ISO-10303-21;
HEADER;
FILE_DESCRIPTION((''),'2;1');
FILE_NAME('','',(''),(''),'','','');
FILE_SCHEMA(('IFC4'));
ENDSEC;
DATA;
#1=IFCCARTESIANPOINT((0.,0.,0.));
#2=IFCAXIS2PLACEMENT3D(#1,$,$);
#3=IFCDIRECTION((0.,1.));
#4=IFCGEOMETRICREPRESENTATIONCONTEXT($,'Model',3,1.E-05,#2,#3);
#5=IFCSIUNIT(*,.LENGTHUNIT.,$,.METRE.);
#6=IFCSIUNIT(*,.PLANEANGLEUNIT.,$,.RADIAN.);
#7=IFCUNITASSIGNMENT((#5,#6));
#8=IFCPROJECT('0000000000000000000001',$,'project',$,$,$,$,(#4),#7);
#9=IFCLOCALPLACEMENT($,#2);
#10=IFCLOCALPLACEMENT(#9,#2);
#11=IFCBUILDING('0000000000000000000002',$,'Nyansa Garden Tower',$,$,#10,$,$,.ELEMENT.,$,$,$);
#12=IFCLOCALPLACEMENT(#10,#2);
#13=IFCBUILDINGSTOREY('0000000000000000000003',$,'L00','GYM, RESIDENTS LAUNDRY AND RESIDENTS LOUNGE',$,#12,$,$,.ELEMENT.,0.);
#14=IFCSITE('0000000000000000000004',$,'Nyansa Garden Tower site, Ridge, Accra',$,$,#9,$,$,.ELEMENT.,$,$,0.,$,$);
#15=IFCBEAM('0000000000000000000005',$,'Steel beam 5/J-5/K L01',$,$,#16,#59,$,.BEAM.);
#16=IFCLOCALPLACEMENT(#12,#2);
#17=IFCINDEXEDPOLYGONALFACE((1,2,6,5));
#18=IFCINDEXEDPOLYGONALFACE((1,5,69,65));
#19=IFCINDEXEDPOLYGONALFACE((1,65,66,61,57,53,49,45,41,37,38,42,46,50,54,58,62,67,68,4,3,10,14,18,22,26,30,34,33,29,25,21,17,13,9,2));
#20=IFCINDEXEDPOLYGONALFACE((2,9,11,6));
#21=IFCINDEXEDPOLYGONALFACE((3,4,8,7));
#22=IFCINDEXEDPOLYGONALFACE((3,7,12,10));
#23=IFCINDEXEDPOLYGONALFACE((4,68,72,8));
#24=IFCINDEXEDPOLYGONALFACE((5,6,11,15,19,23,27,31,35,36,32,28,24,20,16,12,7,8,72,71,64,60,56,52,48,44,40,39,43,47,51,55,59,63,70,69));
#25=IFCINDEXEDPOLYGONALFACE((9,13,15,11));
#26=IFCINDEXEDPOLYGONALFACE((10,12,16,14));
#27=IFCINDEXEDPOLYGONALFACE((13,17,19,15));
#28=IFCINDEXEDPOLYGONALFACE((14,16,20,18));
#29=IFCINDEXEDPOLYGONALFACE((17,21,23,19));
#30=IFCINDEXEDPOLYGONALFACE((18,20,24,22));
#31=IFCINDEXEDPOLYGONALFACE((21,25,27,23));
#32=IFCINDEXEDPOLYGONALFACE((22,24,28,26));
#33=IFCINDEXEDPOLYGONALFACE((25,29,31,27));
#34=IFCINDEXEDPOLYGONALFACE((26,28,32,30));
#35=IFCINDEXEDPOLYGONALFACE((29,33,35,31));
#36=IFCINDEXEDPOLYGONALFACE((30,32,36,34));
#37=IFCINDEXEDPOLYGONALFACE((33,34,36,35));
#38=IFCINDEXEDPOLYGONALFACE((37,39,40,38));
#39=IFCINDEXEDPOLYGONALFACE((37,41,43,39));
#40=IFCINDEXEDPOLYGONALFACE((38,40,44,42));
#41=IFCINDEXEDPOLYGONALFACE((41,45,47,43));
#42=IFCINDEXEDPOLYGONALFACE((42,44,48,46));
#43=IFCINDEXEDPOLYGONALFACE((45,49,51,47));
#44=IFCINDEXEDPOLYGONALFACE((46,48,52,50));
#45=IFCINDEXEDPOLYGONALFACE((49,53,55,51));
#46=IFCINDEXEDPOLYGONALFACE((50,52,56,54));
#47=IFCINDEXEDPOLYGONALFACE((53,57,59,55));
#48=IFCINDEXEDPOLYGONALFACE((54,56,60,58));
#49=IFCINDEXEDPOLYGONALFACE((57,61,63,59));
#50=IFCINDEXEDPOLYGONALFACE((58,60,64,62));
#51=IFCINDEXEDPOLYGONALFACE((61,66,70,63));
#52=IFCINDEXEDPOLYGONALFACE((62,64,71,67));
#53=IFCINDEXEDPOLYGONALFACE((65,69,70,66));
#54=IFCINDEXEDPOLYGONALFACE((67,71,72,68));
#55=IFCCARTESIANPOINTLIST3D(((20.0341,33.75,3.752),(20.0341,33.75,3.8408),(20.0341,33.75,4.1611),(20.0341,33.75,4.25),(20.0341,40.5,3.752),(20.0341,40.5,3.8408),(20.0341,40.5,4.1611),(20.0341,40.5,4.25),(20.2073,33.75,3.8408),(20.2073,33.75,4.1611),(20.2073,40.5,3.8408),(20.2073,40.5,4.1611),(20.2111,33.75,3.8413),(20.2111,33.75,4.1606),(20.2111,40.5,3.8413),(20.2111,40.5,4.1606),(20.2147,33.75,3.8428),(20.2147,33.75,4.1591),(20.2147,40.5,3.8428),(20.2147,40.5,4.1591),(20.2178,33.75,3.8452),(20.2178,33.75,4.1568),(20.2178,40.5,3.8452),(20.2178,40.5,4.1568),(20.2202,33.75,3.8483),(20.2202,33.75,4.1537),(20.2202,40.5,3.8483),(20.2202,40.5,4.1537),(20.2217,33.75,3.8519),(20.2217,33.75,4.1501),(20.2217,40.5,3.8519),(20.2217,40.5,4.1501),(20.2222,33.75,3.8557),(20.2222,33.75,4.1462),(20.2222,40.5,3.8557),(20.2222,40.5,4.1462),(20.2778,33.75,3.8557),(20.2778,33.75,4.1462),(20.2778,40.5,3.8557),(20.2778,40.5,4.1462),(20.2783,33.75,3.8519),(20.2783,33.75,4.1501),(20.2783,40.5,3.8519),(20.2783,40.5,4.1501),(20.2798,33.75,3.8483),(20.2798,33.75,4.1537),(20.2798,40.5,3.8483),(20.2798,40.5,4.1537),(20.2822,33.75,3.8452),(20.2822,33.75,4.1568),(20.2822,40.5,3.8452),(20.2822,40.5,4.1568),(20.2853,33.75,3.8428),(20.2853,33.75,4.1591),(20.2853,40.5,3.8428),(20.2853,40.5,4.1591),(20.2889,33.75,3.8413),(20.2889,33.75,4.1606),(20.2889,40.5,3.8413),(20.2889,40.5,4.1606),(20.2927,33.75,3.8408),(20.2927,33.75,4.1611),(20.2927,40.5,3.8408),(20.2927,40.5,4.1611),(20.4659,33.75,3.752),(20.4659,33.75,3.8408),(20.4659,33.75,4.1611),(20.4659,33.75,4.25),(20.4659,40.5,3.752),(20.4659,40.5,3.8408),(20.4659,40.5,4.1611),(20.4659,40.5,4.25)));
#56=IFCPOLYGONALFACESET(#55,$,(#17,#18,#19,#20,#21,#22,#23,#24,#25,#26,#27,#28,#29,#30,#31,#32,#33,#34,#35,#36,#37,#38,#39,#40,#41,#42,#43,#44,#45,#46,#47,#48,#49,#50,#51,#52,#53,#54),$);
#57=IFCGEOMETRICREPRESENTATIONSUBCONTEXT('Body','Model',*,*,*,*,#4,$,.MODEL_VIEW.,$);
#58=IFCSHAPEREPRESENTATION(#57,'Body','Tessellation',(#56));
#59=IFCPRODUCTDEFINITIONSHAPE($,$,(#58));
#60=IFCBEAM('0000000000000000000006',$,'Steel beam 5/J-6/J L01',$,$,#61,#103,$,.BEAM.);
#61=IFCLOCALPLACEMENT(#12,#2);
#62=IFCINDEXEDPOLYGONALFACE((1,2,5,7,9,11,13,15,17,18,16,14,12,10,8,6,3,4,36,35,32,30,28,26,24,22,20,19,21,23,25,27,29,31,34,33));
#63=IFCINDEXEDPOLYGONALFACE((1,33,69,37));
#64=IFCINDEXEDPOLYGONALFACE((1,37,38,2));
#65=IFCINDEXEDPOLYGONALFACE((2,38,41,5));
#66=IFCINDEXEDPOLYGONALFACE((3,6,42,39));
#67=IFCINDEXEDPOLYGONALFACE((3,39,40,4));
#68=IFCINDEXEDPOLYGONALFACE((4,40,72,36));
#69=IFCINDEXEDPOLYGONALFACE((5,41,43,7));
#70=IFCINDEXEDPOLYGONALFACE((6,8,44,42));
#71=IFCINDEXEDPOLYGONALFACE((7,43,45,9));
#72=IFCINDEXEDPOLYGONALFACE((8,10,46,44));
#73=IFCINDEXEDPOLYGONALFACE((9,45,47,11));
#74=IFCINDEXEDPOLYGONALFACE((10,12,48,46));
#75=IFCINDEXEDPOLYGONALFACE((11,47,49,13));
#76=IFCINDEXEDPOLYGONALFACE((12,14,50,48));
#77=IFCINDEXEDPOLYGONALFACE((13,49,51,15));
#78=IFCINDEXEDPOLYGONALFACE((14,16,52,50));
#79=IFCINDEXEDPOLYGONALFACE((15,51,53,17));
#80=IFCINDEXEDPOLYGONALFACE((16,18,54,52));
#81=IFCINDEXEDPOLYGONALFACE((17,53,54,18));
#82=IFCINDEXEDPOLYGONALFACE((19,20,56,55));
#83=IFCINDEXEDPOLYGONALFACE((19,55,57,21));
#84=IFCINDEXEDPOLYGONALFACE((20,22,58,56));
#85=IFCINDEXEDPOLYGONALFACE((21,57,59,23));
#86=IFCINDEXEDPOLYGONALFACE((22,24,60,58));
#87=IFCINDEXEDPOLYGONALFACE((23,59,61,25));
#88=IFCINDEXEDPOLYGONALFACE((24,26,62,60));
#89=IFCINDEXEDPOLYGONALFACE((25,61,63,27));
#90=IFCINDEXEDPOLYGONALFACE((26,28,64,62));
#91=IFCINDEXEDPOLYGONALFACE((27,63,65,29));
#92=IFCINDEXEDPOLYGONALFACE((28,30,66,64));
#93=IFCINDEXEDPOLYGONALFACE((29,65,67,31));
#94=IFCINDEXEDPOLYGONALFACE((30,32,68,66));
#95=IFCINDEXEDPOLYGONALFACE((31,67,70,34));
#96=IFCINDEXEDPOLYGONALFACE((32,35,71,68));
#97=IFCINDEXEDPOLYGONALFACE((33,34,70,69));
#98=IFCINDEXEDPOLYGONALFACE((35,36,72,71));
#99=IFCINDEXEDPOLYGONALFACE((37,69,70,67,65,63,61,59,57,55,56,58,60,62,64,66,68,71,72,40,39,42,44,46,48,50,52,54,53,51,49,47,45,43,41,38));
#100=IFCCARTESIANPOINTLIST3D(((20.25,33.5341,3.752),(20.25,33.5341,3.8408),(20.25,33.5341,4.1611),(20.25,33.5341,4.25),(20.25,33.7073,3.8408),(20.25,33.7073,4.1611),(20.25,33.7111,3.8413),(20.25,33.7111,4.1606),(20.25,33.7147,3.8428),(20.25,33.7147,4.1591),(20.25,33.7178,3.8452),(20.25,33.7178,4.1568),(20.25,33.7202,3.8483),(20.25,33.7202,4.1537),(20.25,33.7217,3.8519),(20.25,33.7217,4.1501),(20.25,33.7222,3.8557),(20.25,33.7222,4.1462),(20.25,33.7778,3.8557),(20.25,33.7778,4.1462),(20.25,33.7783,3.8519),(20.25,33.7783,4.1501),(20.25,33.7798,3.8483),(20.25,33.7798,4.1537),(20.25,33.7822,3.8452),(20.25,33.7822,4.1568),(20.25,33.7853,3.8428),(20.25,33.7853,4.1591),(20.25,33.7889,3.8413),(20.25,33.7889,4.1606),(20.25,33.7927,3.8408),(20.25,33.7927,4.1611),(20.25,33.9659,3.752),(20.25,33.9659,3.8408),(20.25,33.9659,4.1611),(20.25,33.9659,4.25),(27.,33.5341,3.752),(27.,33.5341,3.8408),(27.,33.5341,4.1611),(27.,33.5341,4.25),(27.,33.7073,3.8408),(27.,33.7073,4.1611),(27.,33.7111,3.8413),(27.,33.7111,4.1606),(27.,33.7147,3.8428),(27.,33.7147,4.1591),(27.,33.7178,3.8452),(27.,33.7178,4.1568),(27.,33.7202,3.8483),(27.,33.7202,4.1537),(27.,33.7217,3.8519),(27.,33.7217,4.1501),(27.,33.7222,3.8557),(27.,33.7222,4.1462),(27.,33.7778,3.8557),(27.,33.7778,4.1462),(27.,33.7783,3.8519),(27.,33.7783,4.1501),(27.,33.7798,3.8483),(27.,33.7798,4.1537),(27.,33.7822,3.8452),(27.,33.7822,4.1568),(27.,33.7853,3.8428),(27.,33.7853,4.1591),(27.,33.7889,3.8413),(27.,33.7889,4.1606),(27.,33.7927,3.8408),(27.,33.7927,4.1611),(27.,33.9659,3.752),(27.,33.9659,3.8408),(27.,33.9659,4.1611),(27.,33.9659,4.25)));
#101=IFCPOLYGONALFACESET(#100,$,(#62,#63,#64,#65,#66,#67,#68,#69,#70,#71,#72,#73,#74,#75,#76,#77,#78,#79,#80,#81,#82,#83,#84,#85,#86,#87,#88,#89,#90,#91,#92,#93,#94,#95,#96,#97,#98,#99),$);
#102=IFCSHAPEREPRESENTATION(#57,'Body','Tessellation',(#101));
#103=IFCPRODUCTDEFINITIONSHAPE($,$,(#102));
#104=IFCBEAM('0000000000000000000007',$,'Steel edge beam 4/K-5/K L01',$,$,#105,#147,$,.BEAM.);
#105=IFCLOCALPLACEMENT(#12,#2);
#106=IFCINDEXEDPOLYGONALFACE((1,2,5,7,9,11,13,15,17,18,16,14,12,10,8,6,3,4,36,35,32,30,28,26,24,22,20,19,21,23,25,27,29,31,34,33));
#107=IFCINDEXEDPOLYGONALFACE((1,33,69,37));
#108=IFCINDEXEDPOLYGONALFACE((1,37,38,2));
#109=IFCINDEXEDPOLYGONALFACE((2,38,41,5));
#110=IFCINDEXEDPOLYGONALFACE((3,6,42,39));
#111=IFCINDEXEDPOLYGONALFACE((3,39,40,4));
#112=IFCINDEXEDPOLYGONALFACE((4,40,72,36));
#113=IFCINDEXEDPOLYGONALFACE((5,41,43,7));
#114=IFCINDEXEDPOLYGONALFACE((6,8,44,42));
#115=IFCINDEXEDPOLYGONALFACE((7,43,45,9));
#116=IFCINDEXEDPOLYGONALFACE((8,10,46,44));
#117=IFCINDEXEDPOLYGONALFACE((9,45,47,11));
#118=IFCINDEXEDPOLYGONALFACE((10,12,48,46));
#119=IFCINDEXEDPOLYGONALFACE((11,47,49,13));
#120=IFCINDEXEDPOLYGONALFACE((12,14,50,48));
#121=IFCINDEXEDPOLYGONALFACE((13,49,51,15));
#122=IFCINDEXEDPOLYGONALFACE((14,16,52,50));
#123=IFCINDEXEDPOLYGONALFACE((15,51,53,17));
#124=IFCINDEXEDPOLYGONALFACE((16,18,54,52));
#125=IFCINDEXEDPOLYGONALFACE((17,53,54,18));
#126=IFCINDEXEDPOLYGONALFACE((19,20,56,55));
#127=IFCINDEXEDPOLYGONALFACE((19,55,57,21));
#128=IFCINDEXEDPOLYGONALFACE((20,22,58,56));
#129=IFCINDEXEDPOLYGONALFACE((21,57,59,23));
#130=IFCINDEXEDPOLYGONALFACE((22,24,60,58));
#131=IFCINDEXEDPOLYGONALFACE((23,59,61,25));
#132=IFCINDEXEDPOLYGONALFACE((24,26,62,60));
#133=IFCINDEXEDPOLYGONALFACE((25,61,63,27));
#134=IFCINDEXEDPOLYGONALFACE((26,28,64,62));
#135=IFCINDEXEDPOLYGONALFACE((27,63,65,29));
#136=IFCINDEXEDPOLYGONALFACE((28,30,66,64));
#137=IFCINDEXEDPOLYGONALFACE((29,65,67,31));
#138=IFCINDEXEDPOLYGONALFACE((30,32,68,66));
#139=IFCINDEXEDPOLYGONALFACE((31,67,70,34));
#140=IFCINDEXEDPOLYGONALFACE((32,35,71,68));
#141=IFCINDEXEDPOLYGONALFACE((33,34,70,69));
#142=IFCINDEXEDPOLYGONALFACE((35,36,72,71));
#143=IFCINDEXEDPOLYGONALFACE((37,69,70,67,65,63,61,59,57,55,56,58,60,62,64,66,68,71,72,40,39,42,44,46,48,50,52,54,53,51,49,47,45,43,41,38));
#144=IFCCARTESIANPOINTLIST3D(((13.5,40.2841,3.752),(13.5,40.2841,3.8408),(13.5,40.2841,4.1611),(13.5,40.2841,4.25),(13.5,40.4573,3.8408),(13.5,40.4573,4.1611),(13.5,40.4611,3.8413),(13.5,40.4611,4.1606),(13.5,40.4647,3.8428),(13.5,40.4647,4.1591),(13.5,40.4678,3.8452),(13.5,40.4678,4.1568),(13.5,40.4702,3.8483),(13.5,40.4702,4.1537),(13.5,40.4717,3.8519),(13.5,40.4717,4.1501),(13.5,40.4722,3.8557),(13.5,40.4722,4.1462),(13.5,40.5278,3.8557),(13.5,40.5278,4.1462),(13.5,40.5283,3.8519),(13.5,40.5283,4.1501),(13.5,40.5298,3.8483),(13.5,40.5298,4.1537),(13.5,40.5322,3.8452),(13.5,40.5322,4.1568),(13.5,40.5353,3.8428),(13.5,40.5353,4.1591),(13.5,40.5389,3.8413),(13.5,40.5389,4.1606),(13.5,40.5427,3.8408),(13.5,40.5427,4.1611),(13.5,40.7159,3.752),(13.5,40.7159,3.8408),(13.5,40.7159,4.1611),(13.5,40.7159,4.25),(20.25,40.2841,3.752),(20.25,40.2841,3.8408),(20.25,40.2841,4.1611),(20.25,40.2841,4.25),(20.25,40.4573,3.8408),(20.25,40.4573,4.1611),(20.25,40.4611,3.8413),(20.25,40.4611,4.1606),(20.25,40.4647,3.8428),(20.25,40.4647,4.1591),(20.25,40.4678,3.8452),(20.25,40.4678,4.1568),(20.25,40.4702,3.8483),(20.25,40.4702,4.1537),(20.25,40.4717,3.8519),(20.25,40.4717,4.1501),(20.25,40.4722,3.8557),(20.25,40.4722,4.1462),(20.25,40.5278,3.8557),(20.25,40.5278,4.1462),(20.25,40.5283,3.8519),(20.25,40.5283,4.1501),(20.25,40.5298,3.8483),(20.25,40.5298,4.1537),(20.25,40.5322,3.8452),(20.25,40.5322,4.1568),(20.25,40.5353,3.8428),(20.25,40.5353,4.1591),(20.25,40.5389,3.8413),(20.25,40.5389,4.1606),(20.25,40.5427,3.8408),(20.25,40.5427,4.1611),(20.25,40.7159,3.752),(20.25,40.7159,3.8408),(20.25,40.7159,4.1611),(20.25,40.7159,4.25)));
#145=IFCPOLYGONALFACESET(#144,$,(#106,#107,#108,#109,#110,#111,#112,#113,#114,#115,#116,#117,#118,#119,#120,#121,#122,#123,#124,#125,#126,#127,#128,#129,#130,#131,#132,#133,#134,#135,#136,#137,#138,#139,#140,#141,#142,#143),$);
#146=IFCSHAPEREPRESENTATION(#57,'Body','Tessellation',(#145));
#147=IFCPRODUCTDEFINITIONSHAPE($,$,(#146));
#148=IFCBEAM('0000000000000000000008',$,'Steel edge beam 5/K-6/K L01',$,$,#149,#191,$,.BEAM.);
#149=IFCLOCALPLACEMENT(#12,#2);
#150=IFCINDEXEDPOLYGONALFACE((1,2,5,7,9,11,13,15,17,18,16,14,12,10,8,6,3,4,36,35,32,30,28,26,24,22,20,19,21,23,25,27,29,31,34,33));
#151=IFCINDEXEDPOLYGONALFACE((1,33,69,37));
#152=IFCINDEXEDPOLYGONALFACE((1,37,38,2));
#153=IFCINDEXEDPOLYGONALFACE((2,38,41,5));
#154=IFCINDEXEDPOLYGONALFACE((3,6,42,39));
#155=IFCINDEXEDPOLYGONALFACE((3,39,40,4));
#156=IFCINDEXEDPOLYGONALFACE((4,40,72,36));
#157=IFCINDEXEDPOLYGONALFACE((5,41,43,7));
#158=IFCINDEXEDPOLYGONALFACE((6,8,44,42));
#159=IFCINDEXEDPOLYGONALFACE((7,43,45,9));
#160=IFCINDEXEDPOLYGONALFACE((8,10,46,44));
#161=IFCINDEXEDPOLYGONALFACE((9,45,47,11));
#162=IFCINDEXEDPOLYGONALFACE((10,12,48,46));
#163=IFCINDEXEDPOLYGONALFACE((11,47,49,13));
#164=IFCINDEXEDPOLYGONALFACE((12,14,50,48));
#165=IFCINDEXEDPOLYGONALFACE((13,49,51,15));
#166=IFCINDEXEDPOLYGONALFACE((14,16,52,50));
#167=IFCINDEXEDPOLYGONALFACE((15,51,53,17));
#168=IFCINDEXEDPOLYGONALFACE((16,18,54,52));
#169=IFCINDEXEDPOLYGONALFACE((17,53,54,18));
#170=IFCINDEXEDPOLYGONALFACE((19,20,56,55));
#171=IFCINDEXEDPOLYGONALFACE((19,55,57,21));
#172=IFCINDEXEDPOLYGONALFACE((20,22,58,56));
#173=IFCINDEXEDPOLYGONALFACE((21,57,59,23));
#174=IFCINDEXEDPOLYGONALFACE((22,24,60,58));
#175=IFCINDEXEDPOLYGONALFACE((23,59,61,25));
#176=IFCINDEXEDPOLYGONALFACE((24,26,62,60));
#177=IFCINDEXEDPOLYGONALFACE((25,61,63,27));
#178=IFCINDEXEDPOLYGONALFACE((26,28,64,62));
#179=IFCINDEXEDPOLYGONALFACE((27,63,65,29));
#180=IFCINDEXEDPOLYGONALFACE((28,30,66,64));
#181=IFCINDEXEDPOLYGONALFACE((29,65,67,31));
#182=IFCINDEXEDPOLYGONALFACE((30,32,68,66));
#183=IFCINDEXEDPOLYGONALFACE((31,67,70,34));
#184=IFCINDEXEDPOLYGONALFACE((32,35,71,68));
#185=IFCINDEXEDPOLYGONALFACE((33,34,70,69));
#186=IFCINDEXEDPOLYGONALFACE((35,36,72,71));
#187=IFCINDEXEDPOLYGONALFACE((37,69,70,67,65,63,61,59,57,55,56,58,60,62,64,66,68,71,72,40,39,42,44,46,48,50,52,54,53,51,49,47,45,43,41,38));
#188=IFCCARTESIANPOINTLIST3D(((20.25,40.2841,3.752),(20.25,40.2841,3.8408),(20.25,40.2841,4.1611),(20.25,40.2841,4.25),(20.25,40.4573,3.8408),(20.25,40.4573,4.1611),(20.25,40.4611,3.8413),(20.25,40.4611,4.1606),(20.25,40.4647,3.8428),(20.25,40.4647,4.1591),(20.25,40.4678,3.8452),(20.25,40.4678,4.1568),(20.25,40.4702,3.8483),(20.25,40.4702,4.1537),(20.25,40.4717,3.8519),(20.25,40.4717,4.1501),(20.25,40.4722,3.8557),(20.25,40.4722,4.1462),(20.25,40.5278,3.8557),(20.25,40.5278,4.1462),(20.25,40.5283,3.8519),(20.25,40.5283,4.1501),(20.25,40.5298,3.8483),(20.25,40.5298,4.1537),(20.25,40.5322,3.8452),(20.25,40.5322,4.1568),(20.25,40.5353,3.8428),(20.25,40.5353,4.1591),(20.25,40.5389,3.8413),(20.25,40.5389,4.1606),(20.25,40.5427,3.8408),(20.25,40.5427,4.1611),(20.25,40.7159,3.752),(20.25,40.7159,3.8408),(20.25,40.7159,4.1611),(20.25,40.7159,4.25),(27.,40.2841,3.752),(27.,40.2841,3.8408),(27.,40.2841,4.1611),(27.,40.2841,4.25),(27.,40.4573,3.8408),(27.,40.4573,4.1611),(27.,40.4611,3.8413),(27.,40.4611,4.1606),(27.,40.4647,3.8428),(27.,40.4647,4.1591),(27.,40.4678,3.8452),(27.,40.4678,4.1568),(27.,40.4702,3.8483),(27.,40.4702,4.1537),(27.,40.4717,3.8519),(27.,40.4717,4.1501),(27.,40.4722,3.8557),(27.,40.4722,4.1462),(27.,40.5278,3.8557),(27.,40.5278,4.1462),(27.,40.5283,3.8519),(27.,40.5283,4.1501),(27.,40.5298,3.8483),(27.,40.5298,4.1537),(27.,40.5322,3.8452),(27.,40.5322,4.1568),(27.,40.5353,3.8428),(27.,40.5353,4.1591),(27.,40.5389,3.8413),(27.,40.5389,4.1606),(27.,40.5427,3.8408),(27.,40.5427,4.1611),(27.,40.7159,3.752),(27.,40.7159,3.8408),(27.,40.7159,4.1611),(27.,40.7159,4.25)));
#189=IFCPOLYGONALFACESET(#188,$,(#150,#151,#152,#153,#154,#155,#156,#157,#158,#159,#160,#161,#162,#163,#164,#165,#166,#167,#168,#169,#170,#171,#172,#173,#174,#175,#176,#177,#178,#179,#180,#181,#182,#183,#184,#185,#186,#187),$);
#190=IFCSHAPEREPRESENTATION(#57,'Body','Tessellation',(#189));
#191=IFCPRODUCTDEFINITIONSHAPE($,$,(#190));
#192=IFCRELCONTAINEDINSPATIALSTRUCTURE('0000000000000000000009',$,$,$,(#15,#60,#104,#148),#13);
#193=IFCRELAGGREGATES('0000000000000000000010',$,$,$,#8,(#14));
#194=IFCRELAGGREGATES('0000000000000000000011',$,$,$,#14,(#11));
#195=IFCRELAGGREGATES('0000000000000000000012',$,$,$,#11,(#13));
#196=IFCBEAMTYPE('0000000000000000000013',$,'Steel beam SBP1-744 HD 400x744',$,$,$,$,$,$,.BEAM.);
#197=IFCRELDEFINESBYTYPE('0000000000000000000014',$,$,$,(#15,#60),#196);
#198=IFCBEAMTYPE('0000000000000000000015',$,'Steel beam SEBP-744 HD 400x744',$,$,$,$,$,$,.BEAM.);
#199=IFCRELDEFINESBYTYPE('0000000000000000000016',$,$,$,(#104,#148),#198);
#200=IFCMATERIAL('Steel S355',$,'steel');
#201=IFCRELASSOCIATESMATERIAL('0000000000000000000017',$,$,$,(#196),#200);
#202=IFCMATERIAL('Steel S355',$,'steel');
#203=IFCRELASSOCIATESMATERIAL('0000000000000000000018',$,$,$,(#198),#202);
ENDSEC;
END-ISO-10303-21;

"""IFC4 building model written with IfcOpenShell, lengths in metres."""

from ifc_helpers import new_model, si_unit, direction, frame, origin, origin_2d, place, context, subcontext, project, spatial, i_section, extrude, material, material_profile, profile_set, type_object, element, save


model = new_model("IFC4")

# Units and contexts
model_context = context("Model", 3, precision=1e-05, world=origin(), true_north=direction((0.0, 1.0)))
body_context = subcontext(model_context, "Body", "Model", "MODEL_VIEW")
ifc_project = project(units=[si_unit("LENGTHUNIT", "METRE"), si_unit("PLANEANGLEUNIT", "RADIAN")], contexts=[model_context])

# Site, building, storey
site_placement = place(None, origin())
site = spatial("IfcSite", under=ifc_project, at=site_placement, Name="Nyansa Garden Tower site, Ridge, Accra", CompositionType="ELEMENT", RefElevation=0.0)
building_placement = place(site_placement, origin())
building = spatial("IfcBuilding", under=site, at=building_placement, Name="Nyansa Garden Tower", CompositionType="ELEMENT")
storey_placement = place(building_placement, origin())
storey = spatial("IfcBuildingStorey", under=building, at=storey_placement, Name="L00", Description="GYM, RESIDENTS LAUNDRY AND RESIDENTS LOUNGE", CompositionType="ELEMENT", Elevation=0.0)

# Beams
ifc_material_1 = material(Name="Steel S355", Category="steel")
ifc_material_profile_1 = material_profile(ifc_material_1, i_section(OverallWidth=0.4319, OverallDepth=0.498, WebThickness=0.0557, FlangeThickness=0.0889, FilletRadius=0.0149, at=origin_2d()), Name="HD 400x744")
ifc_profile_set_1 = profile_set([ifc_material_profile_1], Name="Steel S355")
beam_type_1 = type_object("IfcBeamType", Name="Steel beam SBP1-744 HD 400x744", PredefinedType="BEAM", material=ifc_profile_set_1)
for number, where, z_axis, x_axis, name in (
    (1, (20.25, 33.75, 4.001), (0.0, 1.0, 0.0), (-1.0, 0.0, 0.0), "Steel beam 5/J-5/K L01"),
    (2, (20.25, 33.75, 4.001), (1.0, 0.0, 0.0), (0.0, 1.0, 0.0), "Steel beam 5/J-6/J L01"),
):
    element("IfcBeam", number, at=place(storey_placement, frame(where, z_axis=z_axis, x_axis=x_axis)), inside=storey, type_object=beam_type_1, Name=name, PredefinedType="BEAM", context=body_context, shape_type="SweptSolid", body=[
        extrude(i_section(OverallWidth=0.4319, OverallDepth=0.498, WebThickness=0.0557, FlangeThickness=0.0889, FilletRadius=0.0149, at=origin_2d()), origin(), (0.0, 0.0, 1.0), 6.75),
    ])
ifc_material_2 = material(Name="Steel S355", Category="steel")
ifc_material_profile_2 = material_profile(ifc_material_2, i_section(OverallWidth=0.4319, OverallDepth=0.498, WebThickness=0.0557, FlangeThickness=0.0889, FilletRadius=0.0149, at=origin_2d()), Name="HD 400x744")
ifc_profile_set_2 = profile_set([ifc_material_profile_2], Name="Steel S355")
beam_type_2 = type_object("IfcBeamType", Name="Steel beam SEBP-744 HD 400x744", PredefinedType="BEAM", material=ifc_profile_set_2)
for number, where, z_axis, x_axis, name in (
    (3, (13.5, 40.5, 4.001), (1.0, 0.0, 0.0), (0.0, 1.0, 0.0), "Steel edge beam 4/K-5/K L01"),
    (4, (20.25, 40.5, 4.001), (1.0, 0.0, 0.0), (0.0, 1.0, 0.0), "Steel edge beam 5/K-6/K L01"),
):
    element("IfcBeam", number, at=place(storey_placement, frame(where, z_axis=z_axis, x_axis=x_axis)), inside=storey, type_object=beam_type_2, Name=name, PredefinedType="BEAM", context=body_context, shape_type="SweptSolid", body=[
        extrude(i_section(OverallWidth=0.4319, OverallDepth=0.498, WebThickness=0.0557, FlangeThickness=0.0889, FilletRadius=0.0149, at=origin_2d()), origin(), (0.0, 0.0, 1.0), 6.75),
    ])

save(model, "model.ifc")
